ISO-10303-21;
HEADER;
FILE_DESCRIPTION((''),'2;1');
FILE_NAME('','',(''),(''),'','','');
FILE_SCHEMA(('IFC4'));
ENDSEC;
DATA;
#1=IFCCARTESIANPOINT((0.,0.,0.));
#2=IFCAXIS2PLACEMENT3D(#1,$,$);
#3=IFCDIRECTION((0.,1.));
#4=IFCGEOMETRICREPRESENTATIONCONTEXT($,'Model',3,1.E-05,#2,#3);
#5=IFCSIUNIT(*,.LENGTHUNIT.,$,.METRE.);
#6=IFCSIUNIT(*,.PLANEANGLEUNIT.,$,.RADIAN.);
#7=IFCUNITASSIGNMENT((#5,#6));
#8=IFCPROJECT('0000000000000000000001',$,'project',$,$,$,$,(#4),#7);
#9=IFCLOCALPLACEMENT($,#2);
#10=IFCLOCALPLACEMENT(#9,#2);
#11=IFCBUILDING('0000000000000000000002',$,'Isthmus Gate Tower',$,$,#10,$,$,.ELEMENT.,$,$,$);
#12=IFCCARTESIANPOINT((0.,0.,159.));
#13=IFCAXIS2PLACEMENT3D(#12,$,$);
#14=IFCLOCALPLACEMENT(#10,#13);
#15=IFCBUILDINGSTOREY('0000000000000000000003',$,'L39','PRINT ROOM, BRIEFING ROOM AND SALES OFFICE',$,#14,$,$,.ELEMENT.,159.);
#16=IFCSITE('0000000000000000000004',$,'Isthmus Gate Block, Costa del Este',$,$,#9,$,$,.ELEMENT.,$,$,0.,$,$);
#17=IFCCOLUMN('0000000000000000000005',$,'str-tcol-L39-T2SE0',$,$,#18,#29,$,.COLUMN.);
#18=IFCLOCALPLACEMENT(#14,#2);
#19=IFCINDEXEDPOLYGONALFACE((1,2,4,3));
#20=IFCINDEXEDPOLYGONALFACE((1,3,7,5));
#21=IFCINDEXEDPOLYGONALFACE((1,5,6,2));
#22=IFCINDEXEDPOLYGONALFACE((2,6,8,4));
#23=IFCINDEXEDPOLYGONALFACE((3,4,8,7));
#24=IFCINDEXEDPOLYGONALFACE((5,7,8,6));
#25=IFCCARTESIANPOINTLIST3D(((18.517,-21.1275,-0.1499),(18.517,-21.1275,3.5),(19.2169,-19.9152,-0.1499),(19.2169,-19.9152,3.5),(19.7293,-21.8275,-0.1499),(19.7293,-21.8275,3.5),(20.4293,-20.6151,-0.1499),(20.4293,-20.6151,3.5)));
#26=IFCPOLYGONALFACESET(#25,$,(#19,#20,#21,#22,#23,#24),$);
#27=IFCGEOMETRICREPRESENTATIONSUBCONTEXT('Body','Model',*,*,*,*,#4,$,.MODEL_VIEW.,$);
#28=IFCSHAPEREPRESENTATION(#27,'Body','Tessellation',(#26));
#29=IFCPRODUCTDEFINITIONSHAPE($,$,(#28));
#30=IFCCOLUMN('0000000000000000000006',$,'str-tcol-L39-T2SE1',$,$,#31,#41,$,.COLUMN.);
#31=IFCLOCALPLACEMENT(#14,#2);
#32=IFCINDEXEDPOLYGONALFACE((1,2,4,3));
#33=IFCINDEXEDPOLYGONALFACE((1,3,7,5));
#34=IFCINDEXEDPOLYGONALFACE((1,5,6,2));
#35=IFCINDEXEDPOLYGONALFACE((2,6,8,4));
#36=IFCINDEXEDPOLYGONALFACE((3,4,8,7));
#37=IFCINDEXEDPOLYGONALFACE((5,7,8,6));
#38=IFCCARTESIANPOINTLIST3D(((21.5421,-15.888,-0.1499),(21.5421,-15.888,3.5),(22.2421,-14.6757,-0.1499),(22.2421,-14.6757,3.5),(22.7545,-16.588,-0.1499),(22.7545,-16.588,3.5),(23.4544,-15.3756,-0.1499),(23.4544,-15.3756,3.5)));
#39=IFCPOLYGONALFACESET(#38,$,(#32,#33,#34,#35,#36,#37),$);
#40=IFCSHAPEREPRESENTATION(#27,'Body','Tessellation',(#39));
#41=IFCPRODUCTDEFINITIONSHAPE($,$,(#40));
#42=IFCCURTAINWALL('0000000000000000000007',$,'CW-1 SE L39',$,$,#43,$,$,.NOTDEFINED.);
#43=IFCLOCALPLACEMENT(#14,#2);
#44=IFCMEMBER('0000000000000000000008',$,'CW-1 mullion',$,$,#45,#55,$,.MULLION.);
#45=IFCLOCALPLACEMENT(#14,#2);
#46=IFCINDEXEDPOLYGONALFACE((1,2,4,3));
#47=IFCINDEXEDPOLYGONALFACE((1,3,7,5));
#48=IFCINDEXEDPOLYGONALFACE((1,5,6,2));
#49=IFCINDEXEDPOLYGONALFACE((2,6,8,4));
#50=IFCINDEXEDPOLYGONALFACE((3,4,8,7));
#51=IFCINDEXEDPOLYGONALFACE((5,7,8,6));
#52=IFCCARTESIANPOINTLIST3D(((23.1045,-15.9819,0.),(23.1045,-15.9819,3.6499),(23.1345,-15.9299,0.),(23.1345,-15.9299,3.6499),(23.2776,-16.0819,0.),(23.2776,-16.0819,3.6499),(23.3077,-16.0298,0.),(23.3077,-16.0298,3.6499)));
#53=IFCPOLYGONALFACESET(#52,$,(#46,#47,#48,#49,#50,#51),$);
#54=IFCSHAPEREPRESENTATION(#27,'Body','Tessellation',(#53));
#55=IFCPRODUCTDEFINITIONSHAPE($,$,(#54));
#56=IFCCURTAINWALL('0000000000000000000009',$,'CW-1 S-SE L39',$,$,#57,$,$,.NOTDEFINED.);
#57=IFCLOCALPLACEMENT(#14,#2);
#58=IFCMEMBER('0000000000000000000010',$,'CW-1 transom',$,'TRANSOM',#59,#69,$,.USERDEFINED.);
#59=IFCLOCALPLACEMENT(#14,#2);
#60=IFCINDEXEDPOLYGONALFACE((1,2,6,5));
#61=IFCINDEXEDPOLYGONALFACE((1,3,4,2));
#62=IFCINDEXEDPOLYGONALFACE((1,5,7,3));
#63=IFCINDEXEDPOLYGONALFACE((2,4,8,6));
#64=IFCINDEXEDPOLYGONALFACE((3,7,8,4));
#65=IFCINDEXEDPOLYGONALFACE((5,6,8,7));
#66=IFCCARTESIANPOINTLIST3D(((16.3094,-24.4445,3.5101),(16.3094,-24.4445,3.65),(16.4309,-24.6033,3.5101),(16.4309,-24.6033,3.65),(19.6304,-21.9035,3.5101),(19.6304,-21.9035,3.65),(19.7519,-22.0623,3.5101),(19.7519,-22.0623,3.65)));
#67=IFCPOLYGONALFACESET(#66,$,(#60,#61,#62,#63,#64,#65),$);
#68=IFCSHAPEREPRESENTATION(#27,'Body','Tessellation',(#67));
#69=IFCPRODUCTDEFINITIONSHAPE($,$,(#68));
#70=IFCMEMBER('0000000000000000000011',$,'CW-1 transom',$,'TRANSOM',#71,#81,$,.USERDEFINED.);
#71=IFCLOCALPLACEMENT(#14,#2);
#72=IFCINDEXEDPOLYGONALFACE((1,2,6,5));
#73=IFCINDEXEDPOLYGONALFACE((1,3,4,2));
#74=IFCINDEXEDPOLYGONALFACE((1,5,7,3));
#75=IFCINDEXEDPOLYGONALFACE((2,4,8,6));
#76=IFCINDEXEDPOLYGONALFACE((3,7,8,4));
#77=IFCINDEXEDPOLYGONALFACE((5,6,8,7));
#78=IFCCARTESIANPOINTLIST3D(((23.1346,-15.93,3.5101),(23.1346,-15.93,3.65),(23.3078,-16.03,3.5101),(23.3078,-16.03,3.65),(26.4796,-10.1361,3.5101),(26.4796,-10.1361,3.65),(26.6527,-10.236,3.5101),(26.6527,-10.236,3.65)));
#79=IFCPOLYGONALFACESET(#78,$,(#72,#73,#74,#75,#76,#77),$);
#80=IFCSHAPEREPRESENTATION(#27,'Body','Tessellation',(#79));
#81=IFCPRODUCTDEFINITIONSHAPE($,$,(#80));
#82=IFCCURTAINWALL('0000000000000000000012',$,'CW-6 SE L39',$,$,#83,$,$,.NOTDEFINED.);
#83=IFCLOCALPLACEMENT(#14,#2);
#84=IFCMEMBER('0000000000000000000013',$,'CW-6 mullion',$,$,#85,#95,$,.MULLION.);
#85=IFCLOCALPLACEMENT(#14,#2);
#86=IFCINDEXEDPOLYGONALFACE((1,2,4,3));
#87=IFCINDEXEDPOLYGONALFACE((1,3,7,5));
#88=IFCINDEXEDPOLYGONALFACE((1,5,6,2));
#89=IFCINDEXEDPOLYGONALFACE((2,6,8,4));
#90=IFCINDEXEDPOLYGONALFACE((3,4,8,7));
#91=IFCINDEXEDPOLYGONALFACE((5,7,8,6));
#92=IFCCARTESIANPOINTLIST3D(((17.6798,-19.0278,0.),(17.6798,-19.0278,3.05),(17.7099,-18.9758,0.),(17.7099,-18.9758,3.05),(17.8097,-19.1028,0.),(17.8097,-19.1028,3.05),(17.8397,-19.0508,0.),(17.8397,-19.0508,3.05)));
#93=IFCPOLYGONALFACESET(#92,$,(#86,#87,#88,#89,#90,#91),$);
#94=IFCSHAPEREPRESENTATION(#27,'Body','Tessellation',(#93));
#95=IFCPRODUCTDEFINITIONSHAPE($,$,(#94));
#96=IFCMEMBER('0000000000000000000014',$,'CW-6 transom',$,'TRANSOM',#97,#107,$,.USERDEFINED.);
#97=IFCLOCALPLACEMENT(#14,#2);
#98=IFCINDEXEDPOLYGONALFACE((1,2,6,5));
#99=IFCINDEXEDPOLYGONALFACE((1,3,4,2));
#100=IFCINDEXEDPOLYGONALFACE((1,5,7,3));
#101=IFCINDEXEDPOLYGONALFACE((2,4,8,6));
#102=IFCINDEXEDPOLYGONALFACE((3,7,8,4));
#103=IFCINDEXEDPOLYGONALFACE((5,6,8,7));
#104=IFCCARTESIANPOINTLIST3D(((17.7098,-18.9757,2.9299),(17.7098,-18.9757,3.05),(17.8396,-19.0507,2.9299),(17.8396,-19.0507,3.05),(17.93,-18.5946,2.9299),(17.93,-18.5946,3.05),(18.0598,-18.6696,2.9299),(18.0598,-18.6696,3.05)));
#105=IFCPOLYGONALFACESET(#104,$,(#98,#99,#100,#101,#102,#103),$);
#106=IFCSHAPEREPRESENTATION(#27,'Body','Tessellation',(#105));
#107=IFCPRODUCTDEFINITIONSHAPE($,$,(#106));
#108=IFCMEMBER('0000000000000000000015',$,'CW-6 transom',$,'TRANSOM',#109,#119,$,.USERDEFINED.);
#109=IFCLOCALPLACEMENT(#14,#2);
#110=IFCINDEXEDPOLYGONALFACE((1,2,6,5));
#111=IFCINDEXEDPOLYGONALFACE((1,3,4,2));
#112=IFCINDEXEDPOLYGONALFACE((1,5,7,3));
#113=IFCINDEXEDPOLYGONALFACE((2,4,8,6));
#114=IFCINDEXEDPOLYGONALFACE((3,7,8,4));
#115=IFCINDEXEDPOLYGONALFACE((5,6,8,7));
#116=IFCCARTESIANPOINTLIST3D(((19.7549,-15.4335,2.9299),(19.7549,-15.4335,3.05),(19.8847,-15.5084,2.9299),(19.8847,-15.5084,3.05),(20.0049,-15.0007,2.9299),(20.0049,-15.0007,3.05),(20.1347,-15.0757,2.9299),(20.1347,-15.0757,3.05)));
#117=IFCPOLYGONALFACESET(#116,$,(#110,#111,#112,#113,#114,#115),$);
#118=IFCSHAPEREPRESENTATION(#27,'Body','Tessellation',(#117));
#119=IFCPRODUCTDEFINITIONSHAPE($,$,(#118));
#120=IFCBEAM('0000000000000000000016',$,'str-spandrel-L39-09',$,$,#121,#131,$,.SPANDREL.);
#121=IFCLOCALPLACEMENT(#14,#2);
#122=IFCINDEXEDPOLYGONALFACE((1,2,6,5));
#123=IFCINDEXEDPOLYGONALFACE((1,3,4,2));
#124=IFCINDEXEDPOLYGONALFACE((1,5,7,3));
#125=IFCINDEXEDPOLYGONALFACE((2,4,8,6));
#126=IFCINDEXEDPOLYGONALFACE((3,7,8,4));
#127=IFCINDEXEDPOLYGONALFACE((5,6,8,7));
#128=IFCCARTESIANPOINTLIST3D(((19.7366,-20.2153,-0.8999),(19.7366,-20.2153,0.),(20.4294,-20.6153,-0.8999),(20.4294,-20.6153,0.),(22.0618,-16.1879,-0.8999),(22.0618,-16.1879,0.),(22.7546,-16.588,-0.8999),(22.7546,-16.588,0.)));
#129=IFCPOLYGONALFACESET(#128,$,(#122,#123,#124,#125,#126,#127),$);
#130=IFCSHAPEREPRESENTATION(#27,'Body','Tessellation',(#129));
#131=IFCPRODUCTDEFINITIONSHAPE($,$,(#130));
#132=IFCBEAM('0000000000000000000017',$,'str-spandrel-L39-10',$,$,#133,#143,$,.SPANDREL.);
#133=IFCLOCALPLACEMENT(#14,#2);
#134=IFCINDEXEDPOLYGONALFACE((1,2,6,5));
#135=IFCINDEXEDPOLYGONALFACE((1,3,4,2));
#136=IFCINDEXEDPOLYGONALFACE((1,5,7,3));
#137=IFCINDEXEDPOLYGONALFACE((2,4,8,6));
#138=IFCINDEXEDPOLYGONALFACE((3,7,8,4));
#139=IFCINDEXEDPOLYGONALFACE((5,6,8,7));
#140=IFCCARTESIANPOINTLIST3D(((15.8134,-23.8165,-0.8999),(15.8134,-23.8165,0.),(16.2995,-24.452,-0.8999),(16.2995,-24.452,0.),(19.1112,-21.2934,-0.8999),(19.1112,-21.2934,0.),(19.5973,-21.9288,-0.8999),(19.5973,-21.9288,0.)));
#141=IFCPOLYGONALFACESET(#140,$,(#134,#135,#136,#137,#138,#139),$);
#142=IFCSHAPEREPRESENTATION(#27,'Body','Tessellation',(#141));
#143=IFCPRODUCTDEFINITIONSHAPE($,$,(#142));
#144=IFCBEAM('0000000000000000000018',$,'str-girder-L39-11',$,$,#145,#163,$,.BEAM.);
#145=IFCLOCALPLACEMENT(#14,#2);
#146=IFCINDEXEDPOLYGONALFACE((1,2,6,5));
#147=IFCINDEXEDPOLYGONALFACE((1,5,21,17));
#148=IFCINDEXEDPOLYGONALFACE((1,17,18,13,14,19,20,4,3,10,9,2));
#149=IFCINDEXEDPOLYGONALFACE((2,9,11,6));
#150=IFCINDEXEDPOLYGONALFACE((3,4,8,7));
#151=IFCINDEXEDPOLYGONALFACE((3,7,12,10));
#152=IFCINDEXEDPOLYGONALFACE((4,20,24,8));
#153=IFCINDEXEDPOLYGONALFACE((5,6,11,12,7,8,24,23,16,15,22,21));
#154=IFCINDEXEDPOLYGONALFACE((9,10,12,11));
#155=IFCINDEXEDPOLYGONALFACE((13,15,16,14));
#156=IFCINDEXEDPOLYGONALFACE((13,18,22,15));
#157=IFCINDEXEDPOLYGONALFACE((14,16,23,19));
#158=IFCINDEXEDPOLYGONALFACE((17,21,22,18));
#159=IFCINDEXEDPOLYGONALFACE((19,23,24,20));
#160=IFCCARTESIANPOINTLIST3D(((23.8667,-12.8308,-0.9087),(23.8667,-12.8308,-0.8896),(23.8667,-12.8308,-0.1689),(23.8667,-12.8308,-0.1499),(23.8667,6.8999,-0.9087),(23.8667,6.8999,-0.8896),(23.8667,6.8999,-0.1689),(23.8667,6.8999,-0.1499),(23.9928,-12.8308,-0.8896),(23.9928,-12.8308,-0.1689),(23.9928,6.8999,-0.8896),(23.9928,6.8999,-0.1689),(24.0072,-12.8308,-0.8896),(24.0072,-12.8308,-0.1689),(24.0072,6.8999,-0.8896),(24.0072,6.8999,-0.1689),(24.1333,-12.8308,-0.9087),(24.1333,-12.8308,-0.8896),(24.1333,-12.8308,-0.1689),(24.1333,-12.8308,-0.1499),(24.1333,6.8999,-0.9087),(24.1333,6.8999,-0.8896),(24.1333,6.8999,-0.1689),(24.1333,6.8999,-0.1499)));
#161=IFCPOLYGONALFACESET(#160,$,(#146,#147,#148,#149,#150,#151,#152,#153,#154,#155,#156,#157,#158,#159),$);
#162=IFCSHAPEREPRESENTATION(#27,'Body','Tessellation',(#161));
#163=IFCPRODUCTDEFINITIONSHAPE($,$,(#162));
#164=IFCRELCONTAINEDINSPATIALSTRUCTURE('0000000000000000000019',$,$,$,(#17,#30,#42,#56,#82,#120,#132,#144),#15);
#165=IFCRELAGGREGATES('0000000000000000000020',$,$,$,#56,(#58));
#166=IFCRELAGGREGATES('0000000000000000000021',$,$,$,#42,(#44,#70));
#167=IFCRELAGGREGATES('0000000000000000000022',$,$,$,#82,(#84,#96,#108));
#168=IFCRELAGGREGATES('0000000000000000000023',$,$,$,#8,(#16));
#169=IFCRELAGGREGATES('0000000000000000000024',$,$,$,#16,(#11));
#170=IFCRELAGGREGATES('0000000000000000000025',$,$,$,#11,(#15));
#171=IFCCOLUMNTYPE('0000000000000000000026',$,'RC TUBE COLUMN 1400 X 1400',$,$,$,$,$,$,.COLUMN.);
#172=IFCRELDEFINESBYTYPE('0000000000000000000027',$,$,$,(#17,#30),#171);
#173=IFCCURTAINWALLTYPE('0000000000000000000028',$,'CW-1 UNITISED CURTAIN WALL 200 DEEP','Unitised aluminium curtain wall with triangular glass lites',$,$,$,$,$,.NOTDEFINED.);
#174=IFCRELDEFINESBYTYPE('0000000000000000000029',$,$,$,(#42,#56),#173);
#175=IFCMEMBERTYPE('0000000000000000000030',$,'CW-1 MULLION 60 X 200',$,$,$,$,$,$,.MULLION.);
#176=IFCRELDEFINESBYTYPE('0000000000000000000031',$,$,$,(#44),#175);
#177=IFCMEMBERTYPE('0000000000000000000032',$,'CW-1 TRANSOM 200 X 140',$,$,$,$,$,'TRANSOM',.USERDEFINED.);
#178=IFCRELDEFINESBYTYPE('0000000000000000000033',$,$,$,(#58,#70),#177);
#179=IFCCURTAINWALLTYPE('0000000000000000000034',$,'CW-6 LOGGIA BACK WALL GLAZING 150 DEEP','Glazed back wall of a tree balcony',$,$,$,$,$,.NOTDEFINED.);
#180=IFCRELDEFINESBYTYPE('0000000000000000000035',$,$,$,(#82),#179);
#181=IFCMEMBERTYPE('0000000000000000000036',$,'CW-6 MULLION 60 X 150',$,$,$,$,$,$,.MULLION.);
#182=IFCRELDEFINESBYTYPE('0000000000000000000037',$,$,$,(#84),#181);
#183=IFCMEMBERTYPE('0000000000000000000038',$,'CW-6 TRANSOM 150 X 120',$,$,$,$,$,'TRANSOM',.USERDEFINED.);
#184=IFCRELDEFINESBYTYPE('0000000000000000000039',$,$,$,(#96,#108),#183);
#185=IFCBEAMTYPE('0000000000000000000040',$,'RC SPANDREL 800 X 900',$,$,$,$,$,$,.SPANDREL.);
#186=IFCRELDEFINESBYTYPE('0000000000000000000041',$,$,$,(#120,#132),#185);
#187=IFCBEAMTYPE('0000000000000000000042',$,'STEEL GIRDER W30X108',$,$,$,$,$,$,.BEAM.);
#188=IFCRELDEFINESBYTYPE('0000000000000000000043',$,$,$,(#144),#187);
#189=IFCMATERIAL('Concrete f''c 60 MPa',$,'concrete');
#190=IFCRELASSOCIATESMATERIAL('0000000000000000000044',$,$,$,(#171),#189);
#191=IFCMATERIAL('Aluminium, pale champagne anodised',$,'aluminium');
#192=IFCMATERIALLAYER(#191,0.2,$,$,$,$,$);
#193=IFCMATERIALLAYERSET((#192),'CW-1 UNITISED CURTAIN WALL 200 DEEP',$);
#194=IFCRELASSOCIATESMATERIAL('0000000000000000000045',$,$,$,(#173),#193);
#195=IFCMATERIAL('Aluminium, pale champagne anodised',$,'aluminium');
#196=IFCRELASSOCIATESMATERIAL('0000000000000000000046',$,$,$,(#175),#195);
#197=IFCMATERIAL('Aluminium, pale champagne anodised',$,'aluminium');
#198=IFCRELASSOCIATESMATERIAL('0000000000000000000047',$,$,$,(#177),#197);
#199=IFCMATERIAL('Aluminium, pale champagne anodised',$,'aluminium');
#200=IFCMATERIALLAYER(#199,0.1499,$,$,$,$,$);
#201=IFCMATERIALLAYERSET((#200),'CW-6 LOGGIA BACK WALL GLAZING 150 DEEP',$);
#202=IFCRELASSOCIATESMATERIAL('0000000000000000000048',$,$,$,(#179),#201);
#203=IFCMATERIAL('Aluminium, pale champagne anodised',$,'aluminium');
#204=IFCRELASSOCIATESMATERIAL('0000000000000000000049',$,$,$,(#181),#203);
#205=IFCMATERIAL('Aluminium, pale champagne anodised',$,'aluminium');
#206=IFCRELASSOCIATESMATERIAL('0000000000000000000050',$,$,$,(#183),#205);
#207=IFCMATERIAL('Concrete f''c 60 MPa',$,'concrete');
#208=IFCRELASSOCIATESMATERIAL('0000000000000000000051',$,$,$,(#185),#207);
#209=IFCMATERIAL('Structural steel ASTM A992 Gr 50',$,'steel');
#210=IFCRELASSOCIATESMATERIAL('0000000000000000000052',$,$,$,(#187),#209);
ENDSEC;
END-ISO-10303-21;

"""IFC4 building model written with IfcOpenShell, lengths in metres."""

from ifc_helpers import new_model, si_unit, direction, frame, origin, origin_2d, place, context, subcontext, project, spatial, rectangle, i_section, extrude, material, layer, layer_set, material_profile, profile_set, type_object, element, aggregate, save


model = new_model("IFC4")

# Units and contexts
model_context = context("Model", 3, precision=1e-05, world=origin(), true_north=direction((0.0, 1.0)))
body_context = subcontext(model_context, "Body", "Model", "MODEL_VIEW")
ifc_project = project(units=[si_unit("LENGTHUNIT", "METRE"), si_unit("PLANEANGLEUNIT", "RADIAN")], contexts=[model_context])

# Site, building, storey
site_placement = place(None, origin())
site = spatial("IfcSite", under=ifc_project, at=site_placement, Name="Isthmus Gate Block, Costa del Este", CompositionType="ELEMENT", RefElevation=0.0)
building_placement = place(site_placement, origin())
building = spatial("IfcBuilding", under=site, at=building_placement, Name="Isthmus Gate Tower", CompositionType="ELEMENT")
storey_placement = place(building_placement, frame((0.0, 0.0, 159.0)))
storey = spatial("IfcBuildingStorey", under=building, at=storey_placement, Name="L39", Description="PRINT ROOM, BRIEFING ROOM AND SALES OFFICE", CompositionType="ELEMENT", Elevation=159.0)

# Columns
ifc_material_1 = material(Name="Concrete f'c 60 MPa", Category="concrete")
ifc_material_profile_1 = material_profile(ifc_material_1, rectangle(XDim=1.3999, YDim=1.3999, at=origin_2d()), Name="RC 1400X1400")
ifc_profile_set_1 = profile_set([ifc_material_profile_1], Name="Concrete f'c 60 MPa")
column_type = type_object("IfcColumnType", Name="RC TUBE COLUMN 1400 X 1400", PredefinedType="COLUMN", material=ifc_profile_set_1)
for number, where, z_axis, x_axis, name in (
    (1, (19.4731, -20.8713, -0.1499), (0.0, 0.0, 1.0), (0.5, 0.866025, 0.0), "str-tcol-L39-T2SE0"),
    (2, (22.4983, -15.6318, -0.1499), (0.0, 0.0, 1.0), (0.5, 0.866025, 0.0), "str-tcol-L39-T2SE1"),
):
    element("IfcColumn", number, at=place(storey_placement, frame(where, z_axis=z_axis, x_axis=x_axis)), inside=storey, type_object=column_type, Name=name, PredefinedType="COLUMN", context=body_context, shape_type="SweptSolid", body=[
        extrude(rectangle(XDim=1.3999, YDim=1.3999, at=origin_2d()), origin(), (0.0, 0.0, 1.0), 3.6499),
    ])

# Curtain walls, members
ifc_material_2 = material(Name="Aluminium, pale champagne anodised", Category="aluminium")
ifc_layer_1 = layer(ifc_material_2, 0.2)
ifc_layer_set_1 = layer_set([ifc_layer_1], Name="CW-1 UNITISED CURTAIN WALL 200 DEEP")
curtain_wall_type_1 = type_object("IfcCurtainWallType", Name="CW-1 UNITISED CURTAIN WALL 200 DEEP", Description="Unitised aluminium curtain wall with triangular glass lites", PredefinedType="NOTDEFINED", material=ifc_layer_set_1)
curtain_wall_1_placement = place(storey_placement, origin())
curtain_wall_1 = element("IfcCurtainWall", 3, at=curtain_wall_1_placement, inside=storey, type_object=curtain_wall_type_1, Name="CW-1 SE L39", PredefinedType="NOTDEFINED")
ifc_material_3 = material(Name="Aluminium, pale champagne anodised", Category="aluminium")
ifc_material_profile_2 = material_profile(ifc_material_3, rectangle(XDim=0.0601, YDim=0.2, at=origin_2d()), Name="60x200")
ifc_profile_set_2 = profile_set([ifc_material_profile_2], Name="Aluminium, pale champagne anodised")
member_type_1 = type_object("IfcMemberType", Name="CW-1 MULLION 60 X 200", PredefinedType="MULLION", material=ifc_profile_set_2)
member_1_placement = place(storey_placement, frame((23.2061, -16.0059, 0.0), z_axis=(0.0, 0.0, 1.0), x_axis=(0.5, 0.866025, 0.0)))
member_1 = element("IfcMember", 4, at=member_1_placement, type_object=member_type_1, Name="CW-1 mullion", PredefinedType="MULLION", context=body_context, shape_type="SweptSolid", body=[
    extrude(rectangle(XDim=0.0601, YDim=0.2, at=origin_2d()), origin(), (0.0, 0.0, 1.0), 3.6499),
])
curtain_wall_2_placement = place(storey_placement, origin())
curtain_wall_2 = element("IfcCurtainWall", 5, at=curtain_wall_2_placement, inside=storey, type_object=curtain_wall_type_1, Name="CW-1 S-SE L39", PredefinedType="NOTDEFINED")
ifc_material_4 = material(Name="Aluminium, pale champagne anodised", Category="aluminium")
ifc_material_profile_3 = material_profile(ifc_material_4, rectangle(XDim=0.2, YDim=0.1399, at=origin_2d()), Name="200x140")
ifc_profile_set_3 = profile_set([ifc_material_profile_3], Name="Aluminium, pale champagne anodised")
member_type_2 = type_object("IfcMemberType", Name="CW-1 TRANSOM 200 X 140", ElementType="TRANSOM", PredefinedType="USERDEFINED", material=ifc_profile_set_3)
member_2_placement = place(storey_placement, frame((16.3701, -24.5239, 3.5801), z_axis=(0.794197, 0.60766, 0.0), x_axis=(-0.60766, 0.794197, 0.0)))
member_2 = element("IfcMember", 6, at=member_2_placement, type_object=member_type_2, Name="CW-1 transom", ObjectType="TRANSOM", PredefinedType="USERDEFINED", context=body_context, shape_type="SweptSolid", body=[
    extrude(rectangle(XDim=0.2, YDim=0.1399, at=origin_2d()), origin(), (0.0, 0.0, 1.0), 4.1816),
])

# Member
member_3_placement = place(storey_placement, frame((23.2212, -15.98, 3.5801), z_axis=(0.499981, 0.866036, 0.0), x_axis=(-0.866036, 0.499981, 0.0)))
member_3 = element("IfcMember", 7, at=member_3_placement, type_object=member_type_2, Name="CW-1 transom", ObjectType="TRANSOM", PredefinedType="USERDEFINED", context=body_context, shape_type="SweptSolid", body=[
    extrude(rectangle(XDim=0.2, YDim=0.1399, at=origin_2d()), origin(), (0.0, 0.0, 1.0), 6.6902),
])

# Curtain wall, members
ifc_material_5 = material(Name="Aluminium, pale champagne anodised", Category="aluminium")
ifc_layer_2 = layer(ifc_material_5, 0.1499)
ifc_layer_set_2 = layer_set([ifc_layer_2], Name="CW-6 LOGGIA BACK WALL GLAZING 150 DEEP")
curtain_wall_type_2 = type_object("IfcCurtainWallType", Name="CW-6 LOGGIA BACK WALL GLAZING 150 DEEP", Description="Glazed back wall of a tree balcony", PredefinedType="NOTDEFINED", material=ifc_layer_set_2)
curtain_wall_3_placement = place(storey_placement, origin())
curtain_wall_3 = element("IfcCurtainWall", 8, at=curtain_wall_3_placement, inside=storey, type_object=curtain_wall_type_2, Name="CW-6 SE L39", PredefinedType="NOTDEFINED")
ifc_material_6 = material(Name="Aluminium, pale champagne anodised", Category="aluminium")
ifc_material_profile_4 = material_profile(ifc_material_6, rectangle(XDim=0.0601, YDim=0.1499, at=origin_2d()), Name="60x150")
ifc_profile_set_4 = profile_set([ifc_material_profile_4], Name="Aluminium, pale champagne anodised")
member_type_3 = type_object("IfcMemberType", Name="CW-6 MULLION 60 X 150", PredefinedType="MULLION", material=ifc_profile_set_4)
member_4_placement = place(storey_placement, frame((17.7598, -19.0393, 0.0), z_axis=(0.0, 0.0, 1.0), x_axis=(0.5, 0.866025, 0.0)))
member_4 = element("IfcMember", 9, at=member_4_placement, type_object=member_type_3, Name="CW-6 mullion", PredefinedType="MULLION", context=body_context, shape_type="SweptSolid", body=[
    extrude(rectangle(XDim=0.0601, YDim=0.1499, at=origin_2d()), origin(), (0.0, 0.0, 1.0), 3.05),
])
ifc_material_7 = material(Name="Aluminium, pale champagne anodised", Category="aluminium")
ifc_material_profile_5 = material_profile(ifc_material_7, rectangle(XDim=0.1499, YDim=0.1201, at=origin_2d()), Name="150x120")
ifc_profile_set_5 = profile_set([ifc_material_profile_5], Name="Aluminium, pale champagne anodised")
member_type_4 = type_object("IfcMemberType", Name="CW-6 TRANSOM 150 X 120", ElementType="TRANSOM", PredefinedType="USERDEFINED", material=ifc_profile_set_5)
member_5_placement = place(storey_placement, frame((17.7747, -19.0132, 2.99), z_axis=(0.500315, 0.865844, 0.0), x_axis=(-0.865844, 0.500315, 0.0)))
member_5 = element("IfcMember", 10, at=member_5_placement, type_object=member_type_4, Name="CW-6 transom", ObjectType="TRANSOM", PredefinedType="USERDEFINED", context=body_context, shape_type="SweptSolid", body=[
    extrude(rectangle(XDim=0.1499, YDim=0.1201, at=origin_2d()), origin(), (0.0, 0.0, 1.0), 0.4402),
])
member_6_placement = place(storey_placement, frame((19.8198, -15.4709, 2.99), z_axis=(0.500131, 0.86595, 0.0), x_axis=(-0.86595, 0.500131, 0.0)))
member_6 = element("IfcMember", 11, at=member_6_placement, type_object=member_type_4, Name="CW-6 transom", ObjectType="TRANSOM", PredefinedType="USERDEFINED", context=body_context, shape_type="SweptSolid", body=[
    extrude(rectangle(XDim=0.1499, YDim=0.1201, at=origin_2d()), origin(), (0.0, 0.0, 1.0), 0.4998),
])

# Beams
ifc_material_8 = material(Name="Concrete f'c 60 MPa", Category="concrete")
ifc_material_profile_6 = material_profile(ifc_material_8, rectangle(XDim=0.8, YDim=0.8999, at=origin_2d()), Name="RC 800X900")
ifc_profile_set_6 = profile_set([ifc_material_profile_6], Name="Concrete f'c 60 MPa")
beam_type_1 = type_object("IfcBeamType", Name="RC SPANDREL 800 X 900", PredefinedType="SPANDREL", material=ifc_profile_set_6)
beam_1_placement = place(storey_placement, frame((22.4082, -16.3879, -0.45), z_axis=(-0.500001, -0.866025, 0.0), x_axis=(0.866025, -0.500001, 0.0)))
element("IfcBeam", 12, at=beam_1_placement, inside=storey, type_object=beam_type_1, Name="str-spandrel-L39-09", PredefinedType="SPANDREL", context=body_context, shape_type="SweptSolid", body=[
    extrude(rectangle(XDim=0.8, YDim=0.8999, at=origin_2d()), origin(), (0.0, 0.0, 1.0), 4.6504),
])
beam_2_placement = place(storey_placement, frame((19.3542, -21.6111, -0.45), z_axis=(-0.794206, -0.607649, 0.0), x_axis=(0.607649, -0.794206, 0.0)))
element("IfcBeam", 13, at=beam_2_placement, inside=storey, type_object=beam_type_1, Name="str-spandrel-L39-10", PredefinedType="SPANDREL", context=body_context, shape_type="SweptSolid", body=[
    extrude(rectangle(XDim=0.8, YDim=0.8999, at=origin_2d()), origin(), (0.0, 0.0, 1.0), 4.1523),
])
ifc_material_9 = material(Name="Structural steel ASTM A992 Gr 50", Category="steel")
ifc_material_profile_7 = material_profile(ifc_material_9, i_section(OverallWidth=0.2666, OverallDepth=0.7588, WebThickness=0.0144, FlangeThickness=0.019, at=origin_2d()), Name="W30X108")
ifc_profile_set_7 = profile_set([ifc_material_profile_7], Name="Structural steel ASTM A992 Gr 50")
beam_type_2 = type_object("IfcBeamType", Name="STEEL GIRDER W30X108", PredefinedType="BEAM", material=ifc_profile_set_7)
beam_3_placement = place(storey_placement, frame((24.0, -12.8308, -0.5293), z_axis=(0.0, 1.0, 0.0), x_axis=(-1.0, 0.0, 0.0)))
element("IfcBeam", 14, at=beam_3_placement, inside=storey, type_object=beam_type_2, Name="str-girder-L39-11", PredefinedType="BEAM", context=body_context, shape_type="SweptSolid", body=[
    extrude(i_section(OverallWidth=0.2666, OverallDepth=0.7588, WebThickness=0.0144, FlangeThickness=0.019, at=origin_2d()), origin(), (0.0, 0.0, 1.0), 19.7307),
])

aggregate(curtain_wall_2, [member_2])
aggregate(curtain_wall_1, [member_1, member_3])
aggregate(curtain_wall_3, [member_4, member_5, member_6])

save(model, "model.ifc")
